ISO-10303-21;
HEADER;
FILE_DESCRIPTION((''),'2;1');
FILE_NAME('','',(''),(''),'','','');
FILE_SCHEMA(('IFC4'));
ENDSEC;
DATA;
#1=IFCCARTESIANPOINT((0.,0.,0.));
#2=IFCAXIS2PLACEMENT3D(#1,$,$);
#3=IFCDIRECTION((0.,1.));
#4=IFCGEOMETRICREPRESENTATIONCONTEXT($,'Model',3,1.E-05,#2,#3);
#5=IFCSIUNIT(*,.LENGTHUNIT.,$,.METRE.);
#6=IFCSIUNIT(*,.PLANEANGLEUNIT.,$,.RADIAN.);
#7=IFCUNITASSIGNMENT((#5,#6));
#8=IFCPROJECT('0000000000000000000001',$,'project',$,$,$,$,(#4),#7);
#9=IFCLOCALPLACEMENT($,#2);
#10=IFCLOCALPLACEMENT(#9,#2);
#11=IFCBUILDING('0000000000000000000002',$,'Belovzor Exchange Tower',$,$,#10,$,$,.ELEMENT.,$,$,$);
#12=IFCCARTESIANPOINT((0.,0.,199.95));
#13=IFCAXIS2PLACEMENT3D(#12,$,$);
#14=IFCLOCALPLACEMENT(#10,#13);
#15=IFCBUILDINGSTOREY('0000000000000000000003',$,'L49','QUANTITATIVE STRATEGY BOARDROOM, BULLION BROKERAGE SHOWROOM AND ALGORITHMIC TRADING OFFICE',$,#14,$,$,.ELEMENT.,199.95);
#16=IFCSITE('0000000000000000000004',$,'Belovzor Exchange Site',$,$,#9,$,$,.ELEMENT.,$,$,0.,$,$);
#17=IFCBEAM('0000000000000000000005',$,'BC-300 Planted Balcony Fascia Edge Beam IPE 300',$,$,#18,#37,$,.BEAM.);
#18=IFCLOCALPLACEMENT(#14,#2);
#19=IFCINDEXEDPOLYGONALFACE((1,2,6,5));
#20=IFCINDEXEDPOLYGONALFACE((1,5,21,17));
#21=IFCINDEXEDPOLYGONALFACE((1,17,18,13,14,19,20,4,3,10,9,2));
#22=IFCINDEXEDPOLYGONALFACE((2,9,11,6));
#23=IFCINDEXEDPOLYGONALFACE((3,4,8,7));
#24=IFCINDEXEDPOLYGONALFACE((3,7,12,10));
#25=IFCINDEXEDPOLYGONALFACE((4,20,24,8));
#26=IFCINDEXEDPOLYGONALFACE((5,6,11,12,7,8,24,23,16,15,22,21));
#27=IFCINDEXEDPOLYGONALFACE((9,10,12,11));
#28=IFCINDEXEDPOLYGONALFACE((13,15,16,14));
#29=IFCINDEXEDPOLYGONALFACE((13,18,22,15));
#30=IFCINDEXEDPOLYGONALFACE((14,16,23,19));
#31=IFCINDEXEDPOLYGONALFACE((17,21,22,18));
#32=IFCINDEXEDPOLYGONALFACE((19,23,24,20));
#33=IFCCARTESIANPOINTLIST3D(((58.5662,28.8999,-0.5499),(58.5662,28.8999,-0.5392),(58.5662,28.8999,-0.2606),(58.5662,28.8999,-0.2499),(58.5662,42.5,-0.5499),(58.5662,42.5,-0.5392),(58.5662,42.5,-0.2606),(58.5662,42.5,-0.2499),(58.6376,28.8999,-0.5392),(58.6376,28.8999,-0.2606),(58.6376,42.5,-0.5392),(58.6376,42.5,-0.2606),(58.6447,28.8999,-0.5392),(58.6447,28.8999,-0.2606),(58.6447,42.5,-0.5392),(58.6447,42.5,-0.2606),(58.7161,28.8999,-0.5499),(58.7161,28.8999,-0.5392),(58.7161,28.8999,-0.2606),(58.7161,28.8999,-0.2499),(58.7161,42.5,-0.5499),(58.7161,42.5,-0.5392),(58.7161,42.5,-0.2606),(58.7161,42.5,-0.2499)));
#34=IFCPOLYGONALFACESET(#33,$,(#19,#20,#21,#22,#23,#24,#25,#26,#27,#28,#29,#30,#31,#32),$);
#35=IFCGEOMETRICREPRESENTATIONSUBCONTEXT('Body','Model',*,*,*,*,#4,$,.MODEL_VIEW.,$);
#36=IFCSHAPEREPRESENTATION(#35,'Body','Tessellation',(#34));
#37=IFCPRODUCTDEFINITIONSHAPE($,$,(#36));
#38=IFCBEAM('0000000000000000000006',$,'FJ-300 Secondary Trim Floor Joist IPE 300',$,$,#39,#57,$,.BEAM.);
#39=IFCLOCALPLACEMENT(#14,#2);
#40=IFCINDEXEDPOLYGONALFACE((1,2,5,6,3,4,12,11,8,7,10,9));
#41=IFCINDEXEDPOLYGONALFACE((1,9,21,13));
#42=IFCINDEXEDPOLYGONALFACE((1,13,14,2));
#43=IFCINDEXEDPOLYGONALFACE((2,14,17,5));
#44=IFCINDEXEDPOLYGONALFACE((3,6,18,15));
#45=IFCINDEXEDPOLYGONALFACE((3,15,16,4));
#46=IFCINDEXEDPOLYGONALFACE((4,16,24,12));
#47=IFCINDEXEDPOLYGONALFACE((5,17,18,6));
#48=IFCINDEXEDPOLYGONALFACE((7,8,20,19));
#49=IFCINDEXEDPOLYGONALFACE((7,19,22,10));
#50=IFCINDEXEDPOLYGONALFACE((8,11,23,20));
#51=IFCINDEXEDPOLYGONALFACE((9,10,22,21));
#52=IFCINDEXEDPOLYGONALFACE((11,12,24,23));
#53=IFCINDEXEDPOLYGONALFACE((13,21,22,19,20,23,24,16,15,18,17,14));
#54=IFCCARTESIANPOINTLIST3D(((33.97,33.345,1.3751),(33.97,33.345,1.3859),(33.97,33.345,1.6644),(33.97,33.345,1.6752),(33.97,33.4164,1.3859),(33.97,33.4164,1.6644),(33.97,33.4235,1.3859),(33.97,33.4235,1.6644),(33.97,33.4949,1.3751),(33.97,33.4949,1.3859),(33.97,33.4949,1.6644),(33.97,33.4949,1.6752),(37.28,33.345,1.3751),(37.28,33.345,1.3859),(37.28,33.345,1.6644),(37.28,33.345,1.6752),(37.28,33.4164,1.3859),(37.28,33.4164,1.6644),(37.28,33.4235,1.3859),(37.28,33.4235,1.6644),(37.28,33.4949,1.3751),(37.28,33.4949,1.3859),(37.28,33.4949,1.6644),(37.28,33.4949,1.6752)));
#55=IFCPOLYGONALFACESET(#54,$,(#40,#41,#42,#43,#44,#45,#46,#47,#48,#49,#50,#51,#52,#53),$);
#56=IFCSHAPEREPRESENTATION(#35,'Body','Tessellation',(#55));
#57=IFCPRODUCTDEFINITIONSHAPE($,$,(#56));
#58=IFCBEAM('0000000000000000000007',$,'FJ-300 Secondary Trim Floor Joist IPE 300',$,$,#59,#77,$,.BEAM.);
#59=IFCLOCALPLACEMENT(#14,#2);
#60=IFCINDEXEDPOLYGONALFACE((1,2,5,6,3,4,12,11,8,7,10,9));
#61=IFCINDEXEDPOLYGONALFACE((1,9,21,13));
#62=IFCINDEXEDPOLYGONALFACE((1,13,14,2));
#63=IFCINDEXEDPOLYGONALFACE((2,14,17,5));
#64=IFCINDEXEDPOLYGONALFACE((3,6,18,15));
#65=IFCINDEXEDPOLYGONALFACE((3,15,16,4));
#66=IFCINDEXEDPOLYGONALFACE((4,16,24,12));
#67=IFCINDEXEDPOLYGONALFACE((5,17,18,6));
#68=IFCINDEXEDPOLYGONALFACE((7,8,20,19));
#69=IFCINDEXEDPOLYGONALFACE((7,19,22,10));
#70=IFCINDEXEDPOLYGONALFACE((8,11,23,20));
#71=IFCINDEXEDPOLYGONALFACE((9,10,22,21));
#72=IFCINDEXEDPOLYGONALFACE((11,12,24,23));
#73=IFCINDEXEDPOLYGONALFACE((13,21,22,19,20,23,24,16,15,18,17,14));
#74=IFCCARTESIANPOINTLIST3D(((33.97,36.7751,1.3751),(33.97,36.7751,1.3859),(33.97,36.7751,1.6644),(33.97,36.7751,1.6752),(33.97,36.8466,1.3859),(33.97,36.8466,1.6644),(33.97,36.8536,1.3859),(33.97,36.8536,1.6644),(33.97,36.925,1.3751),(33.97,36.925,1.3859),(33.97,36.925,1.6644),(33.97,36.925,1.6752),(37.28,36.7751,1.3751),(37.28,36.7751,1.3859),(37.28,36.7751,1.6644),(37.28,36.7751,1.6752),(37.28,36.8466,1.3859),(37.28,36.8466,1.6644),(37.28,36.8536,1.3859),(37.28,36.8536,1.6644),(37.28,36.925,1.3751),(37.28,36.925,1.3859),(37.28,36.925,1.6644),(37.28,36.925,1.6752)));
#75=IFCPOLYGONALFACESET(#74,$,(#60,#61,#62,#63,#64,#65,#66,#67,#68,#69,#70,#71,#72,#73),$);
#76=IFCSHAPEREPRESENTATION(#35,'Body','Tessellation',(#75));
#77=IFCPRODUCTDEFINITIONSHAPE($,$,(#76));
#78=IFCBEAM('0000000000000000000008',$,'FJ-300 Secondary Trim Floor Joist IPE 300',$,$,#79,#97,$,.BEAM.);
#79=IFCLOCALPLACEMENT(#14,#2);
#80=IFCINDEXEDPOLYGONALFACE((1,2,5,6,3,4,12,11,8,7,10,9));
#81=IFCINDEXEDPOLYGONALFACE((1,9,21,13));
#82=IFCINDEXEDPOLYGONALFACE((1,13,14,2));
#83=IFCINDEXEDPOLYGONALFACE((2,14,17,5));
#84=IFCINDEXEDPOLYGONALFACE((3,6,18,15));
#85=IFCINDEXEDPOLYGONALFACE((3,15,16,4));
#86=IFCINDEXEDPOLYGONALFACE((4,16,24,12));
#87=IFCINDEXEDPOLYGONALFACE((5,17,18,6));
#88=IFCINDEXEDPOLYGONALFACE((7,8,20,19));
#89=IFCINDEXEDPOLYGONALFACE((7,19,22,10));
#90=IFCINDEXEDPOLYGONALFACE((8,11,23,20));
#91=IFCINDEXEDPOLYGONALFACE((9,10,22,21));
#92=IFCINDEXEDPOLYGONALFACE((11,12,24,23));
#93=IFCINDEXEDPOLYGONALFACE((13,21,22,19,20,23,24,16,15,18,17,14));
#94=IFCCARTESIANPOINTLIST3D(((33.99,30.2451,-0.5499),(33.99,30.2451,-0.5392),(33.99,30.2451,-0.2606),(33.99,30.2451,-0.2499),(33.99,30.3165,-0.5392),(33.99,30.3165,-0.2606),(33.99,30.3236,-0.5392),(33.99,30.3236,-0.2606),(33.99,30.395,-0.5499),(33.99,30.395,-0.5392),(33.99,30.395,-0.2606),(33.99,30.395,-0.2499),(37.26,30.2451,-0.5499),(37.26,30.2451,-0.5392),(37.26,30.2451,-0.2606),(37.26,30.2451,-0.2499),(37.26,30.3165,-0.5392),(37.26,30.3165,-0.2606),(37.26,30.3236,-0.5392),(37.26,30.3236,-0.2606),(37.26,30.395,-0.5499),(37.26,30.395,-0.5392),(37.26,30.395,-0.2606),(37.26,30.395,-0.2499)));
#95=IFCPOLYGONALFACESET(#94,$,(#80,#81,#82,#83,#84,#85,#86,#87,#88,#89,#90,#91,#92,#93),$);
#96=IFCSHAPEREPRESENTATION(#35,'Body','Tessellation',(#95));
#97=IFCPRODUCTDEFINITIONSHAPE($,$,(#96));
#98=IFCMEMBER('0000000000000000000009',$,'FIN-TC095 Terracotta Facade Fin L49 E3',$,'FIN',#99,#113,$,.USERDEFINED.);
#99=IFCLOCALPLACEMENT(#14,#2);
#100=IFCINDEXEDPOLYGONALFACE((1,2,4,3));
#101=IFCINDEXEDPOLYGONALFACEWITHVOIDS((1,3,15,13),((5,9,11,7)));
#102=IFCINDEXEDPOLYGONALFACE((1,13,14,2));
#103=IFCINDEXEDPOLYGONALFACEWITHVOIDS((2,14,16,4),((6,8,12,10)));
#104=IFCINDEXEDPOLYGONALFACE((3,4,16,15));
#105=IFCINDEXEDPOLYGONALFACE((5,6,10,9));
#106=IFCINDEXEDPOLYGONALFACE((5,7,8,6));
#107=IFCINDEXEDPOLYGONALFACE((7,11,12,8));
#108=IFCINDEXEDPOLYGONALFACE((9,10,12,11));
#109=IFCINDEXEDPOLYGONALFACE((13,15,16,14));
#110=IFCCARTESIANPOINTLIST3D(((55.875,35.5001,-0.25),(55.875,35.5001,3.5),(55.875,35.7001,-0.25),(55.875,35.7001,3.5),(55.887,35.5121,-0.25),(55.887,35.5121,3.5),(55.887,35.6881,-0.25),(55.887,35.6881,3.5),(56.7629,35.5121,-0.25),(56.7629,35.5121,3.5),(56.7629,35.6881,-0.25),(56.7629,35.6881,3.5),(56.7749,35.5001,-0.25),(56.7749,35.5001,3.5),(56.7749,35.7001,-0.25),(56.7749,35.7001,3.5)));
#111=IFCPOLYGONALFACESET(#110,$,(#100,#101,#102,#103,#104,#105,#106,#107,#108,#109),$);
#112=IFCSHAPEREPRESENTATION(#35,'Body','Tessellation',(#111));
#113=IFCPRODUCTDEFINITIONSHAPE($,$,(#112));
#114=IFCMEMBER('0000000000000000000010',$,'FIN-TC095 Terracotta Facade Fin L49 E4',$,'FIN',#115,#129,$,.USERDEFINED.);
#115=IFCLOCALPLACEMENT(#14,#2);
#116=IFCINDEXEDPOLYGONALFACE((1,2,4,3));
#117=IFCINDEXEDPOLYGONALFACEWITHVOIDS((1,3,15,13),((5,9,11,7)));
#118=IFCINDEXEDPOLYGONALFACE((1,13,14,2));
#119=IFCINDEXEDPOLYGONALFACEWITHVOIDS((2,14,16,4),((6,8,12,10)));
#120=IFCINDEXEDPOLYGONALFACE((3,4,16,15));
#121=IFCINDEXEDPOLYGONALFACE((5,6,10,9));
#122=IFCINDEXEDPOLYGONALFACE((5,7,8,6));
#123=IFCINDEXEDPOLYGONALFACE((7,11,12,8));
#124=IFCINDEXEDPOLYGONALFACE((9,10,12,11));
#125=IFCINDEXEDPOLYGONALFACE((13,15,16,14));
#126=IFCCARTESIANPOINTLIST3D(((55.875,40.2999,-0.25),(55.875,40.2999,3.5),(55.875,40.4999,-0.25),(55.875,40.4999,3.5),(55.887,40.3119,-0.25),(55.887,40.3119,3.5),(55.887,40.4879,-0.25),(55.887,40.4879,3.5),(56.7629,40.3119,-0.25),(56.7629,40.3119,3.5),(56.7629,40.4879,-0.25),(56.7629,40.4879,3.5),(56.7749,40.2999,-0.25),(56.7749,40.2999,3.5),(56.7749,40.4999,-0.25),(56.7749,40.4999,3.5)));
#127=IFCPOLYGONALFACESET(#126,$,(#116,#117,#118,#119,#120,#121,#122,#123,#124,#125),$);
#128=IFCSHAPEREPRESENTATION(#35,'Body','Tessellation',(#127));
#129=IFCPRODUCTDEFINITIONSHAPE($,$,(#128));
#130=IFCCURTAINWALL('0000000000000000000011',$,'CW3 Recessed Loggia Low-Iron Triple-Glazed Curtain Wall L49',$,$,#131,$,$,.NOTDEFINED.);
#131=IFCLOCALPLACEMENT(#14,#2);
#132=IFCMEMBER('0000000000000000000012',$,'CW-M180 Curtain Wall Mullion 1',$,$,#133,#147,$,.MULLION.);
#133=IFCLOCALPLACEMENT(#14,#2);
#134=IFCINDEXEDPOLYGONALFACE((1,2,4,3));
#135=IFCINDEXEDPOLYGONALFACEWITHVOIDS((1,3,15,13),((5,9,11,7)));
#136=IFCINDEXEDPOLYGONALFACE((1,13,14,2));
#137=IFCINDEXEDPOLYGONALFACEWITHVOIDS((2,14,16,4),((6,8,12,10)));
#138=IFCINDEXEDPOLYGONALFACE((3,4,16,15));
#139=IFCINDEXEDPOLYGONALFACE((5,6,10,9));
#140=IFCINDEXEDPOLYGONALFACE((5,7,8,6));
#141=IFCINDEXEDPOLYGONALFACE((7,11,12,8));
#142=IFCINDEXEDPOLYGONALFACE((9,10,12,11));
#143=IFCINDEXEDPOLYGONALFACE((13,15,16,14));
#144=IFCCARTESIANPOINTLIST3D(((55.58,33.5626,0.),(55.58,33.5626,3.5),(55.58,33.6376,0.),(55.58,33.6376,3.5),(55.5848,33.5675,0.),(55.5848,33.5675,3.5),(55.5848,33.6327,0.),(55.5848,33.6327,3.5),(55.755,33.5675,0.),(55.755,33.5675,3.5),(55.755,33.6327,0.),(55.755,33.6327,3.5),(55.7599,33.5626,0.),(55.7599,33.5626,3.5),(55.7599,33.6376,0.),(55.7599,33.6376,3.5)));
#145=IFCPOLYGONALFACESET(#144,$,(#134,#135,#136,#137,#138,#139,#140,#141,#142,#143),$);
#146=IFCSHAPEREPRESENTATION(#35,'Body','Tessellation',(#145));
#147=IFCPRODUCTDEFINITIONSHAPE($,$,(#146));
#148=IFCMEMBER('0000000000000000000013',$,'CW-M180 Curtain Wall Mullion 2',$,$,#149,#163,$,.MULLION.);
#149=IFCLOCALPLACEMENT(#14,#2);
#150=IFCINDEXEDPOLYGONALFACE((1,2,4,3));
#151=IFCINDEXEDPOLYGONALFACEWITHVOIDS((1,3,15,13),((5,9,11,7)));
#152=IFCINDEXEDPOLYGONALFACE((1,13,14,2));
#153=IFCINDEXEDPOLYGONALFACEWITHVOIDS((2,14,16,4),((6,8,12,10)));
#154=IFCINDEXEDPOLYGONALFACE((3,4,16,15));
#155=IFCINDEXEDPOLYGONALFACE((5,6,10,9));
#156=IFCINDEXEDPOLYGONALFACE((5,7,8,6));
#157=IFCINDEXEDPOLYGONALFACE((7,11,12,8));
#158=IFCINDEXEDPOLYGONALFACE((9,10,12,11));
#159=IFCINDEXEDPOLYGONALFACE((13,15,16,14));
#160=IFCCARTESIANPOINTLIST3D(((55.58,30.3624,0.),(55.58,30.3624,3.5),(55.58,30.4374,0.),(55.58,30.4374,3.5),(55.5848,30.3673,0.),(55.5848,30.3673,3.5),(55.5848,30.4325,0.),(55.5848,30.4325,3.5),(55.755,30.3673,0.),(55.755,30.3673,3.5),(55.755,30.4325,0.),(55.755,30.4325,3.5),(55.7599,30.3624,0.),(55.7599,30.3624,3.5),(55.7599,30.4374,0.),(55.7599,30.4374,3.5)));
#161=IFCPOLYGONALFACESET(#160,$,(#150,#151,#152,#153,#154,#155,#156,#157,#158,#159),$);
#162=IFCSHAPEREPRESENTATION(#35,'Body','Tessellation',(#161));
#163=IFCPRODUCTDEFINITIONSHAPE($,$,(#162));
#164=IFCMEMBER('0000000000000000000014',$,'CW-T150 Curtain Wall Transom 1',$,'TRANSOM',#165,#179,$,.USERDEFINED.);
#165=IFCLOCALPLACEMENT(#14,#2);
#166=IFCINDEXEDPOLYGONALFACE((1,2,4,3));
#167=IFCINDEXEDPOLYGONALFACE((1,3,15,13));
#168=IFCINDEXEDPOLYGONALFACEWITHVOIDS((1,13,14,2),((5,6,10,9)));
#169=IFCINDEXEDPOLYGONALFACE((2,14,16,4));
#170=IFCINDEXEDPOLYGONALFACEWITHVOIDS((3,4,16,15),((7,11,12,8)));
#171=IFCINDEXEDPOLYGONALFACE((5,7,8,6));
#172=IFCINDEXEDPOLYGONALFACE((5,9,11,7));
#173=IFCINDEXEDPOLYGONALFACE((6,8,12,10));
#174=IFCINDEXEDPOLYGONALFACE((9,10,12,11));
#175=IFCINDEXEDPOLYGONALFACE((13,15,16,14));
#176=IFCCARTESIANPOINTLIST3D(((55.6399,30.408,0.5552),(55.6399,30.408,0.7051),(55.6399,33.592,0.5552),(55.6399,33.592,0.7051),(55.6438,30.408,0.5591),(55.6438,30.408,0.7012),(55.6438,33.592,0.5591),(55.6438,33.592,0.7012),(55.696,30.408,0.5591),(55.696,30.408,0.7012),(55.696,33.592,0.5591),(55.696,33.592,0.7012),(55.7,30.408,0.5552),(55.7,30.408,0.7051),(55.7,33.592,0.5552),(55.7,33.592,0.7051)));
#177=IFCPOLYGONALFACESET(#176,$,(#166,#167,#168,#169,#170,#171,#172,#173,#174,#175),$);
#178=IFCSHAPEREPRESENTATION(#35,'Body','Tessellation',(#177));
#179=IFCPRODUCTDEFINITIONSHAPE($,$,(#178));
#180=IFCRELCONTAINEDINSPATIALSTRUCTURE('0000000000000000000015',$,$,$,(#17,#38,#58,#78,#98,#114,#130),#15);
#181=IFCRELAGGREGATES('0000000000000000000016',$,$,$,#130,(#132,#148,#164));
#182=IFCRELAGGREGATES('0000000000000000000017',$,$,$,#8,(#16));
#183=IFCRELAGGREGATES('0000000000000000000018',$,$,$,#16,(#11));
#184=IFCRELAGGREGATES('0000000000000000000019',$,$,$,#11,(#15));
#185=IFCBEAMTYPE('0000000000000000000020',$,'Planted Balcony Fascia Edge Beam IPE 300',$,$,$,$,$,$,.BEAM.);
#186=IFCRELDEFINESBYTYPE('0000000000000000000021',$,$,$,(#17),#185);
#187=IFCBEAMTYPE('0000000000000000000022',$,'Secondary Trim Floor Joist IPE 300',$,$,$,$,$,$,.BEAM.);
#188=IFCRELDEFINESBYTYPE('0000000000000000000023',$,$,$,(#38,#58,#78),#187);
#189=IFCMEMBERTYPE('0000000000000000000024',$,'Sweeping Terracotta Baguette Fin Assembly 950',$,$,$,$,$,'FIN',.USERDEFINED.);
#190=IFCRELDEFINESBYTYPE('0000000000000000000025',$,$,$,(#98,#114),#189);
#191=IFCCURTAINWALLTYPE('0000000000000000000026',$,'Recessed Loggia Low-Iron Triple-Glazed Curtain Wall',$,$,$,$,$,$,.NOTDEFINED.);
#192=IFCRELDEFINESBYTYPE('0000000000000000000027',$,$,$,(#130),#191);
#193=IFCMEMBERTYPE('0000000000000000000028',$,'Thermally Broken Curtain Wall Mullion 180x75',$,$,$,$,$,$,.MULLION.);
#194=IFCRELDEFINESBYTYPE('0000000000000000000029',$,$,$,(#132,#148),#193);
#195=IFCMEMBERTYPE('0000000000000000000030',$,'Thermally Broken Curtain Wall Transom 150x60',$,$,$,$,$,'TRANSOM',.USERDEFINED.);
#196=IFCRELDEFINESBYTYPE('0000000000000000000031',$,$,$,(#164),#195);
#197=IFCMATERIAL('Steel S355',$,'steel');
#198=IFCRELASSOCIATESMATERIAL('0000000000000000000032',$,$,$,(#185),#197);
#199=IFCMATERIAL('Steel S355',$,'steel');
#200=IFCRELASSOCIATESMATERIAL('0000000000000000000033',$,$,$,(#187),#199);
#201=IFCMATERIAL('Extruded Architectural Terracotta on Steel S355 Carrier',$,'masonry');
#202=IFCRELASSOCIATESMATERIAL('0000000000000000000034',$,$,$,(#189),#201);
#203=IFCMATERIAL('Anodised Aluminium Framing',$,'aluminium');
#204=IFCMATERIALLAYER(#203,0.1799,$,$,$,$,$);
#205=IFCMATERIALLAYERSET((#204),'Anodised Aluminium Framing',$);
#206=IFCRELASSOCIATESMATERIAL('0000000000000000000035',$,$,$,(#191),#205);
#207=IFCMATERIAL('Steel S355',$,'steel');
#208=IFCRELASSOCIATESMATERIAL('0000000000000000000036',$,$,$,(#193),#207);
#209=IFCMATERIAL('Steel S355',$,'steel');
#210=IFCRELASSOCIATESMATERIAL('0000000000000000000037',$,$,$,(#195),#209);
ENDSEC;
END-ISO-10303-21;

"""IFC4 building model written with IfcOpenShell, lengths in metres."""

from ifc_helpers import new_model, si_unit, direction, frame, origin, origin_2d, place, context, subcontext, project, spatial, hollow_rectangle, i_section, extrude, material, layer, layer_set, material_profile, profile_set, type_object, element, aggregate, save


model = new_model("IFC4")

# Units and contexts
model_context = context("Model", 3, precision=1e-05, world=origin(), true_north=direction((0.0, 1.0)))
body_context = subcontext(model_context, "Body", "Model", "MODEL_VIEW")
ifc_project = project(units=[si_unit("LENGTHUNIT", "METRE"), si_unit("PLANEANGLEUNIT", "RADIAN")], contexts=[model_context])

# Site, building, storey
site_placement = place(None, origin())
site = spatial("IfcSite", under=ifc_project, at=site_placement, Name="Belovzor Exchange Site", CompositionType="ELEMENT", RefElevation=0.0)
building_placement = place(site_placement, origin())
building = spatial("IfcBuilding", under=site, at=building_placement, Name="Belovzor Exchange Tower", CompositionType="ELEMENT")
storey_placement = place(building_placement, frame((0.0, 0.0, 199.95)))
storey = spatial("IfcBuildingStorey", under=building, at=storey_placement, Name="L49", Description="QUANTITATIVE STRATEGY BOARDROOM, BULLION BROKERAGE SHOWROOM AND ALGORITHMIC TRADING OFFICE", CompositionType="ELEMENT", Elevation=199.95)

# Beams
ifc_material_1 = material(Name="Steel S355", Category="steel")
ifc_material_profile_1 = material_profile(ifc_material_1, i_section(OverallWidth=0.1499, OverallDepth=0.3, WebThickness=0.0071, FlangeThickness=0.0107, at=origin_2d()))
ifc_profile_set_1 = profile_set([ifc_material_profile_1], Name="Steel S355")
beam_type_1 = type_object("IfcBeamType", Name="Planted Balcony Fascia Edge Beam IPE 300", PredefinedType="BEAM", material=ifc_profile_set_1)
beam_1_placement = place(storey_placement, frame((58.6411, 28.8999, -0.3999), z_axis=(0.0, 1.0, 0.0), x_axis=(-1.0, 0.0, 0.0)))
element("IfcBeam", 1, at=beam_1_placement, inside=storey, type_object=beam_type_1, Name="BC-300 Planted Balcony Fascia Edge Beam IPE 300", PredefinedType="BEAM", context=body_context, shape_type="SweptSolid", body=[
    extrude(i_section(OverallWidth=0.1499, OverallDepth=0.3, WebThickness=0.0071, FlangeThickness=0.0107, at=origin_2d()), origin(), (0.0, 0.0, 1.0), 13.6001),
])
ifc_material_2 = material(Name="Steel S355", Category="steel")
ifc_material_profile_2 = material_profile(ifc_material_2, i_section(OverallWidth=0.1499, OverallDepth=0.3, WebThickness=0.0071, FlangeThickness=0.0107, at=origin_2d()))
ifc_profile_set_2 = profile_set([ifc_material_profile_2], Name="Steel S355")
beam_type_2 = type_object("IfcBeamType", Name="Secondary Trim Floor Joist IPE 300", PredefinedType="BEAM", material=ifc_profile_set_2)
for number, where, z_axis, x_axis, name in (
    (2, (37.28, 33.4199, 1.5251), (-1.0, 0.0, 0.0), (0.0, -1.0, 0.0), "FJ-300 Secondary Trim Floor Joist IPE 300"),
    (3, (37.28, 36.8501, 1.5251), (-1.0, 0.0, 0.0), (0.0, -1.0, 0.0), "FJ-300 Secondary Trim Floor Joist IPE 300"),
):
    element("IfcBeam", number, at=place(storey_placement, frame(where, z_axis=z_axis, x_axis=x_axis)), inside=storey, type_object=beam_type_2, Name=name, PredefinedType="BEAM", context=body_context, shape_type="SweptSolid", body=[
        extrude(i_section(OverallWidth=0.1499, OverallDepth=0.3, WebThickness=0.0071, FlangeThickness=0.0107, at=origin_2d()), origin(), (0.0, 0.0, 1.0), 3.3101),
    ])
beam_2_placement = place(storey_placement, frame((37.26, 30.3201, -0.3999), z_axis=(-1.0, 0.0, 0.0), x_axis=(0.0, -1.0, 0.0)))
element("IfcBeam", 4, at=beam_2_placement, inside=storey, type_object=beam_type_2, Name="FJ-300 Secondary Trim Floor Joist IPE 300", PredefinedType="BEAM", context=body_context, shape_type="SweptSolid", body=[
    extrude(i_section(OverallWidth=0.1499, OverallDepth=0.3, WebThickness=0.0071, FlangeThickness=0.0107, at=origin_2d()), origin(), (0.0, 0.0, 1.0), 3.27),
])

# Members
ifc_material_3 = material(Name="Extruded Architectural Terracotta on Steel S355 Carrier", Category="masonry")
ifc_material_profile_3 = material_profile(ifc_material_3, hollow_rectangle(XDim=0.2, YDim=0.8999, WallThickness=0.012, at=origin_2d()))
ifc_profile_set_3 = profile_set([ifc_material_profile_3], Name="Extruded Architectural Terracotta on Steel S355 Carrier")
member_type_1 = type_object("IfcMemberType", Name="Sweeping Terracotta Baguette Fin Assembly 950", ElementType="FIN", PredefinedType="USERDEFINED", material=ifc_profile_set_3)
for number, where, z_axis, x_axis, name in (
    (5, (56.325, 35.6001, -0.25), (0.0, 0.0, 1.0), (0.0, 1.0, 0.0), "FIN-TC095 Terracotta Facade Fin L49 E3"),
    (6, (56.325, 40.3999, -0.25), (0.0, 0.0, 1.0), (0.0, 1.0, 0.0), "FIN-TC095 Terracotta Facade Fin L49 E4"),
):
    element("IfcMember", number, at=place(storey_placement, frame(where, z_axis=z_axis, x_axis=x_axis)), inside=storey, type_object=member_type_1, Name=name, ObjectType="FIN", PredefinedType="USERDEFINED", context=body_context, shape_type="SweptSolid", body=[
        extrude(hollow_rectangle(XDim=0.2, YDim=0.8999, WallThickness=0.012, at=origin_2d()), origin(), (0.0, 0.0, 1.0), 3.75),
    ])

# Curtain wall, members
ifc_material_4 = material(Name="Anodised Aluminium Framing", Category="aluminium")
ifc_layer_1 = layer(ifc_material_4, 0.1799)
ifc_layer_set_1 = layer_set([ifc_layer_1], Name="Anodised Aluminium Framing")
curtain_wall_type = type_object("IfcCurtainWallType", Name="Recessed Loggia Low-Iron Triple-Glazed Curtain Wall", PredefinedType="NOTDEFINED", material=ifc_layer_set_1)
curtain_wall_placement = place(storey_placement, origin())
curtain_wall = element("IfcCurtainWall", 7, at=curtain_wall_placement, inside=storey, type_object=curtain_wall_type, Name="CW3 Recessed Loggia Low-Iron Triple-Glazed Curtain Wall L49", PredefinedType="NOTDEFINED")
ifc_material_5 = material(Name="Steel S355", Category="steel")
ifc_material_profile_4 = material_profile(ifc_material_5, hollow_rectangle(XDim=0.075, YDim=0.1799, WallThickness=0.0049, at=origin_2d()))
ifc_profile_set_4 = profile_set([ifc_material_profile_4], Name="Steel S355")
member_type_2 = type_object("IfcMemberType", Name="Thermally Broken Curtain Wall Mullion 180x75", PredefinedType="MULLION", material=ifc_profile_set_4)
member_1_placement = place(storey_placement, frame((55.6699, 33.6001, 0.0), z_axis=(0.0, 0.0, 1.0), x_axis=(0.0, -1.0, 0.0)))
member_1 = element("IfcMember", 8, at=member_1_placement, type_object=member_type_2, Name="CW-M180 Curtain Wall Mullion 1", PredefinedType="MULLION", context=body_context, shape_type="SweptSolid", body=[
    extrude(hollow_rectangle(XDim=0.075, YDim=0.1799, WallThickness=0.0049, at=origin_2d()), origin(), (0.0, 0.0, 1.0), 3.5),
])
member_2_placement = place(storey_placement, frame((55.6699, 30.3999, 0.0), z_axis=(0.0, 0.0, 1.0), x_axis=(0.0, -1.0, 0.0)))
member_2 = element("IfcMember", 9, at=member_2_placement, type_object=member_type_2, Name="CW-M180 Curtain Wall Mullion 2", PredefinedType="MULLION", context=body_context, shape_type="SweptSolid", body=[
    extrude(hollow_rectangle(XDim=0.075, YDim=0.1799, WallThickness=0.0049, at=origin_2d()), origin(), (0.0, 0.0, 1.0), 3.5),
])
ifc_material_6 = material(Name="Steel S355", Category="steel")
ifc_material_profile_5 = material_profile(ifc_material_6, hollow_rectangle(XDim=0.0601, YDim=0.1499, WallThickness=0.0039, at=origin_2d()))
ifc_profile_set_5 = profile_set([ifc_material_profile_5], Name="Steel S355")
member_type_3 = type_object("IfcMemberType", Name="Thermally Broken Curtain Wall Transom 150x60", ElementType="TRANSOM", PredefinedType="USERDEFINED", material=ifc_profile_set_5)
member_3_placement = place(storey_placement, frame((55.6699, 33.592, 0.6301), z_axis=(0.0, -1.0, 0.0), x_axis=(1.0, 0.0, 0.0)))
member_3 = element("IfcMember", 10, at=member_3_placement, type_object=member_type_3, Name="CW-T150 Curtain Wall Transom 1", ObjectType="TRANSOM", PredefinedType="USERDEFINED", context=body_context, shape_type="SweptSolid", body=[
    extrude(hollow_rectangle(XDim=0.0601, YDim=0.1499, WallThickness=0.0039, at=origin_2d()), origin(), (0.0, 0.0, 1.0), 3.1841),
])

aggregate(curtain_wall, [member_1, member_2, member_3])

save(model, "model.ifc")
